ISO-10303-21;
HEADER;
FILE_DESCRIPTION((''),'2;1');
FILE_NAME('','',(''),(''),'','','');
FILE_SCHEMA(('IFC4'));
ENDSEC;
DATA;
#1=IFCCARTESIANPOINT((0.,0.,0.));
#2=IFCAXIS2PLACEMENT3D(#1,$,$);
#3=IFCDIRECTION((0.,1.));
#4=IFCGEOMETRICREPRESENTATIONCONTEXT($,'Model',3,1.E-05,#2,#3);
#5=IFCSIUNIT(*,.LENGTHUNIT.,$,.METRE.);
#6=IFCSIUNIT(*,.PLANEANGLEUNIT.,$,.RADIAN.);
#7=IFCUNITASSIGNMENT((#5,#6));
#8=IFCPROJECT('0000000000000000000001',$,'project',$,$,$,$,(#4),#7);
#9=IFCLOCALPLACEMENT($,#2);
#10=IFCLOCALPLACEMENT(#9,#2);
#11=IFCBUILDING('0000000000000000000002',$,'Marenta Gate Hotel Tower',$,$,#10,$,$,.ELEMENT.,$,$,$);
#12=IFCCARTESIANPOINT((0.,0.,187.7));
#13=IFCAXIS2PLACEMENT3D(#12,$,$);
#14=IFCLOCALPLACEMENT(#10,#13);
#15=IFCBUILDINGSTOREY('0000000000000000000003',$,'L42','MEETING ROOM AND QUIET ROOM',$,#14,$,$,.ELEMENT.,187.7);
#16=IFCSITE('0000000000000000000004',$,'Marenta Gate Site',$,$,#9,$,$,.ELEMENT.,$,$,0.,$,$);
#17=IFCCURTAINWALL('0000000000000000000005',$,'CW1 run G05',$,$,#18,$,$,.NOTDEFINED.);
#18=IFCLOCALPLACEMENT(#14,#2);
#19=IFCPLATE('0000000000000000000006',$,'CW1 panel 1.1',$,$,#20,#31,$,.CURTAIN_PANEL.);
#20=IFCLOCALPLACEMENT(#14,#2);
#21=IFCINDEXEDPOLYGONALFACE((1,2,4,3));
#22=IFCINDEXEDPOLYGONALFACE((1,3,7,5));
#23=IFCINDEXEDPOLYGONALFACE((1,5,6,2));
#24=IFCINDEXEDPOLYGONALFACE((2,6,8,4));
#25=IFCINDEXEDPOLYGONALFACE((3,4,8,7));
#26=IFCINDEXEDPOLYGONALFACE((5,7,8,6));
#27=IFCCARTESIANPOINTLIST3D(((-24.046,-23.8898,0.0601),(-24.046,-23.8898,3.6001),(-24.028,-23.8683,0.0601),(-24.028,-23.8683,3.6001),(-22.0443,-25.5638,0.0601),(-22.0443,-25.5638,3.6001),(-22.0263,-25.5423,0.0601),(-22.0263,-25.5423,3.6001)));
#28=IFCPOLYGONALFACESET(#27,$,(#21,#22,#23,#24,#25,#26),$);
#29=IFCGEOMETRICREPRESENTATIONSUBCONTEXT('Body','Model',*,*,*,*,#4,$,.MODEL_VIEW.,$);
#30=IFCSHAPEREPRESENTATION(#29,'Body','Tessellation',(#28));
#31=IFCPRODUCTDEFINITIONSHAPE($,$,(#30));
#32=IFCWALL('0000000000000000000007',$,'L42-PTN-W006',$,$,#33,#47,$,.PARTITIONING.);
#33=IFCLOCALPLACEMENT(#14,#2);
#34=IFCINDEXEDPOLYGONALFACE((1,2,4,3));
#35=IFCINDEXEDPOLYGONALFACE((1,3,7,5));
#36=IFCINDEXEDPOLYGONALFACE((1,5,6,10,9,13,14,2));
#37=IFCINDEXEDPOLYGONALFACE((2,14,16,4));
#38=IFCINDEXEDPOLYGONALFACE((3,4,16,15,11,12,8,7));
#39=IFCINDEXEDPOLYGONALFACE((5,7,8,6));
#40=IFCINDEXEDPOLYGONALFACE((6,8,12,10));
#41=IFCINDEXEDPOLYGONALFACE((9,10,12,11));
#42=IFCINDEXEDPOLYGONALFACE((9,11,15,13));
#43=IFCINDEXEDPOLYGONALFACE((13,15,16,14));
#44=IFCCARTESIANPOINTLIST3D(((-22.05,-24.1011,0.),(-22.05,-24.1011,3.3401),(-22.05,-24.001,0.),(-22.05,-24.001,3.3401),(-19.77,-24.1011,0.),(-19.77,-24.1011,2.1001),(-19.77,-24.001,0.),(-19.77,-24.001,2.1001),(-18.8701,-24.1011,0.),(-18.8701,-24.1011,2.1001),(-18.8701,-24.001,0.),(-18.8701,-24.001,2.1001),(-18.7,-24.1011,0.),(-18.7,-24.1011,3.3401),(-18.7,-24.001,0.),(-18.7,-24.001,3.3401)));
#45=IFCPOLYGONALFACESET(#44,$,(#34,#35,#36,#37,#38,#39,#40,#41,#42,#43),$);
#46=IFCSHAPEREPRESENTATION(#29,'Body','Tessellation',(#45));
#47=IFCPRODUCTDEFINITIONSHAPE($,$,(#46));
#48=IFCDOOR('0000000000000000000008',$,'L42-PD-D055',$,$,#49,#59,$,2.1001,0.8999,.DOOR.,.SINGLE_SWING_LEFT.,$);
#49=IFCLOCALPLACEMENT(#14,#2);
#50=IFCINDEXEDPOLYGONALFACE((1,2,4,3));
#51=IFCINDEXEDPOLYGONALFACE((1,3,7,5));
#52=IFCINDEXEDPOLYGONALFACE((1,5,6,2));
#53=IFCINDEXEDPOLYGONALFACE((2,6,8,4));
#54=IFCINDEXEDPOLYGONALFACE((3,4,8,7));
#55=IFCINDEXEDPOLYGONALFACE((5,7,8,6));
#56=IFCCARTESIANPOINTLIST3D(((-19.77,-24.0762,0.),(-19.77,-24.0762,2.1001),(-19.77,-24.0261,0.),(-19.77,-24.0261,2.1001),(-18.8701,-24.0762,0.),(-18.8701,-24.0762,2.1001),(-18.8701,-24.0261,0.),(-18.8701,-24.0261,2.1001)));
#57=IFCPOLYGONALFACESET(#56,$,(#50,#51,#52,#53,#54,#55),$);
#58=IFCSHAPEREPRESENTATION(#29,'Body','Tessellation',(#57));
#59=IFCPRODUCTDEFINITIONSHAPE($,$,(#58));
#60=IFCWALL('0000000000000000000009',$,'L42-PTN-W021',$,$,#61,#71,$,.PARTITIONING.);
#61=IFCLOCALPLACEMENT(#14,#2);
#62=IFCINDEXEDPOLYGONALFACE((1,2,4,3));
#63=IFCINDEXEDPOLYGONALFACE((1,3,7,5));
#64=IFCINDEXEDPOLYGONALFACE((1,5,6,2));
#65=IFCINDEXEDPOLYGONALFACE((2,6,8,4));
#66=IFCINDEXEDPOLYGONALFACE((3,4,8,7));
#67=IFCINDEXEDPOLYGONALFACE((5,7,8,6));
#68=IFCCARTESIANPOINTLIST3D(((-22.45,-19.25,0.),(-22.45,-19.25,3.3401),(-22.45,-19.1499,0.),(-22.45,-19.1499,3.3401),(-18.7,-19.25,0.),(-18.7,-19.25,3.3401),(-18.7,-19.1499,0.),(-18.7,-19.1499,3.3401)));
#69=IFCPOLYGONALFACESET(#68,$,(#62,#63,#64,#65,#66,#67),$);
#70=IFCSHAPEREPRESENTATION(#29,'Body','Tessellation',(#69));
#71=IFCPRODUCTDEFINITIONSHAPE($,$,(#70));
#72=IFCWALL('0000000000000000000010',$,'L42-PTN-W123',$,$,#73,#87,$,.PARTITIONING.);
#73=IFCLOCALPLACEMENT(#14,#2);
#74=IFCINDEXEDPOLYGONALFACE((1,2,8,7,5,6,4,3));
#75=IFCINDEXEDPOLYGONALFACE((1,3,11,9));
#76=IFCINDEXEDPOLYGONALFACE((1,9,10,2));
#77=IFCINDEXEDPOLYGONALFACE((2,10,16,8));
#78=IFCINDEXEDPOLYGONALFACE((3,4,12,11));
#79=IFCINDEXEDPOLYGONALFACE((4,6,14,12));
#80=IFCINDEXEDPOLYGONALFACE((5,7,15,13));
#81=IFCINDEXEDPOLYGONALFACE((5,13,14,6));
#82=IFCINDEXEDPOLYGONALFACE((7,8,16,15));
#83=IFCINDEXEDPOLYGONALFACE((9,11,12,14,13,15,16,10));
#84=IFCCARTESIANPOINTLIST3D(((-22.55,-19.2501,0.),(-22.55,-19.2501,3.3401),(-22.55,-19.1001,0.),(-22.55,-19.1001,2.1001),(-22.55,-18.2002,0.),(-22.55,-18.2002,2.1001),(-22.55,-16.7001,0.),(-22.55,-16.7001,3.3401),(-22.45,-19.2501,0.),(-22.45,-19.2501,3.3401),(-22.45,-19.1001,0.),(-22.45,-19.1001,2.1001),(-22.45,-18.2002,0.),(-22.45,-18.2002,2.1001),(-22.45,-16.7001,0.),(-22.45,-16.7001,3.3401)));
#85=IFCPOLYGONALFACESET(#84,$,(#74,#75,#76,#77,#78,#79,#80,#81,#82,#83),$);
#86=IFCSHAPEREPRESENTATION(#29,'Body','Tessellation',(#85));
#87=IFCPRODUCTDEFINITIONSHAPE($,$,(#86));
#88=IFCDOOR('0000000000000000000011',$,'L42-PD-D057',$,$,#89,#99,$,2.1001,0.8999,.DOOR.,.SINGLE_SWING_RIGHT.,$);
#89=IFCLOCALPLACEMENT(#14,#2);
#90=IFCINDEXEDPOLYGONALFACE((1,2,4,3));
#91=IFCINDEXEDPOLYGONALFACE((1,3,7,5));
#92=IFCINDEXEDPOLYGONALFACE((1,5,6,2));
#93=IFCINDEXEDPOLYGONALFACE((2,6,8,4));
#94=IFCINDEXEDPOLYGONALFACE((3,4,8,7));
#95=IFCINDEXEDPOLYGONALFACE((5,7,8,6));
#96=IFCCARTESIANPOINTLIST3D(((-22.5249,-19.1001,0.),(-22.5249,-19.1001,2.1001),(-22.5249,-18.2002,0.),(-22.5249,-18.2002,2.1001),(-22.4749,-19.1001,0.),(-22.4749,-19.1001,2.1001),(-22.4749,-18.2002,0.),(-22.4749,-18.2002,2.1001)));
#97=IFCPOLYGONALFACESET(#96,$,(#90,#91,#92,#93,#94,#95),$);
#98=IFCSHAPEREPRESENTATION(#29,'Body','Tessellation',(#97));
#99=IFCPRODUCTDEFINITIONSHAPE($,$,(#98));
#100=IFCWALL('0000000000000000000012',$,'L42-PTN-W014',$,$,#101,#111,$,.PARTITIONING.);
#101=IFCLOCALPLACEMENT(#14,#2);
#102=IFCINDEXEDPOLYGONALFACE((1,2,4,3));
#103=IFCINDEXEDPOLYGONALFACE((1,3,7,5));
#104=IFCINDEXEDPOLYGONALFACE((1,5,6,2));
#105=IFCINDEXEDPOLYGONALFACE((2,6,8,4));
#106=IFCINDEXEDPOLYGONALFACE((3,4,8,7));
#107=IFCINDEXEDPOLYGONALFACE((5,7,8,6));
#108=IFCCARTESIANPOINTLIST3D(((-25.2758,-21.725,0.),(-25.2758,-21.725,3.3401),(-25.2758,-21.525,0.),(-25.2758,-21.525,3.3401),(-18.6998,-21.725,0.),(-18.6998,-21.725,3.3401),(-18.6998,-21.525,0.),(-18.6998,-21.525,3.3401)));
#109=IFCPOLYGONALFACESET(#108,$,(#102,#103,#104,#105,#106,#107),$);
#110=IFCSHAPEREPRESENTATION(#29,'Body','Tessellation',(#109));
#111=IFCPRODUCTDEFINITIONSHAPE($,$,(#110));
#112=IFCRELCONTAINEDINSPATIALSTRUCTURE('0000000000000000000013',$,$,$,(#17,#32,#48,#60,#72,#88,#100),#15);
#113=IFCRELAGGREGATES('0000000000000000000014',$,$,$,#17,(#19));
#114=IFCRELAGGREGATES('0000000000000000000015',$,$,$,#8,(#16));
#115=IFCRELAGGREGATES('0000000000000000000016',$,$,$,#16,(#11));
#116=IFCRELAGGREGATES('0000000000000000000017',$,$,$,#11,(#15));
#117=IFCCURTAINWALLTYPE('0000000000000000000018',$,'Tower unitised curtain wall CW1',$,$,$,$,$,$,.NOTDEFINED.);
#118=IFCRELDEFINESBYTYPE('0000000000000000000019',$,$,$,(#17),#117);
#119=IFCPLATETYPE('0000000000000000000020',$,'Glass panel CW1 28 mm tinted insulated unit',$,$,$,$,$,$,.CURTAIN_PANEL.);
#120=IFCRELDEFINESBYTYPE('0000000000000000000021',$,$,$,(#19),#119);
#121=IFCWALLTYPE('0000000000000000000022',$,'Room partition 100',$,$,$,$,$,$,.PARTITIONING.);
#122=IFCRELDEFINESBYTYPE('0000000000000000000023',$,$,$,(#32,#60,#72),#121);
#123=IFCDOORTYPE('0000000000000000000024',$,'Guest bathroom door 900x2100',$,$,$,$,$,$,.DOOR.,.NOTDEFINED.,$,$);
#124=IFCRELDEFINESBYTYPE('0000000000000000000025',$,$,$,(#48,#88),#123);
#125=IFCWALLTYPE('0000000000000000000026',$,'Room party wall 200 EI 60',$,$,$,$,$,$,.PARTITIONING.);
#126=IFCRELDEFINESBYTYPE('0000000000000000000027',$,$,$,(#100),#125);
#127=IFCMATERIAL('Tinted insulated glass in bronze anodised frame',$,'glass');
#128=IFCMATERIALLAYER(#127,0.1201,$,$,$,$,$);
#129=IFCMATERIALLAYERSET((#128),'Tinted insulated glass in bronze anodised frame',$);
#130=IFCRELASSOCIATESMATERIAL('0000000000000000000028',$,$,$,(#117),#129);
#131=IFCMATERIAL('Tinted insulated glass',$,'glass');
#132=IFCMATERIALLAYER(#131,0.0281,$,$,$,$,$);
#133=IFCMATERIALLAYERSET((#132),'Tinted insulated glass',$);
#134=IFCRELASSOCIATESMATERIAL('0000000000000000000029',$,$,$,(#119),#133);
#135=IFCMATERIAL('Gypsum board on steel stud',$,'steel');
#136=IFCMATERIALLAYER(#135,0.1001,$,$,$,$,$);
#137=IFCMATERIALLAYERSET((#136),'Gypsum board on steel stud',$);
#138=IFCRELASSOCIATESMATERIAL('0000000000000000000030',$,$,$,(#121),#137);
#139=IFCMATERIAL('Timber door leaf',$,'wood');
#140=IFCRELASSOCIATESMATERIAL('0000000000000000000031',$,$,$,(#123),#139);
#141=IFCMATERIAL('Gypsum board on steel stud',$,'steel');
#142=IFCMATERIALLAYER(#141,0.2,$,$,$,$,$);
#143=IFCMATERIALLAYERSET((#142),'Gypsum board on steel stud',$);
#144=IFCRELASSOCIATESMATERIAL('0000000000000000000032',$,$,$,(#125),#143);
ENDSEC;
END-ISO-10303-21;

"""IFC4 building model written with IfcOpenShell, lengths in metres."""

from ifc_helpers import new_model, si_unit, direction, frame, frame_2d, origin, origin_2d, place, context, subcontext, project, spatial, rectangle, extrude, material, layer, layer_set, type_object, element, fill, aggregate, save


model = new_model("IFC4")

# Units and contexts
model_context = context("Model", 3, precision=1e-05, world=origin(), true_north=direction((0.0, 1.0)))
body_context = subcontext(model_context, "Body", "Model", "MODEL_VIEW")
ifc_project = project(units=[si_unit("LENGTHUNIT", "METRE"), si_unit("PLANEANGLEUNIT", "RADIAN")], contexts=[model_context])

# Site, building, storey
site_placement = place(None, origin())
site = spatial("IfcSite", under=ifc_project, at=site_placement, Name="Marenta Gate Site", CompositionType="ELEMENT", RefElevation=0.0)
building_placement = place(site_placement, origin())
building = spatial("IfcBuilding", under=site, at=building_placement, Name="Marenta Gate Hotel Tower", CompositionType="ELEMENT")
storey_placement = place(building_placement, frame((0.0, 0.0, 187.7)))
storey = spatial("IfcBuildingStorey", under=building, at=storey_placement, Name="L42", Description="MEETING ROOM AND QUIET ROOM", CompositionType="ELEMENT", Elevation=187.7)

# Curtain wall
ifc_material_1 = material(Name="Tinted insulated glass in bronze anodised frame", Category="glass")
ifc_layer_1 = layer(ifc_material_1, 0.1201)
ifc_layer_set_1 = layer_set([ifc_layer_1], Name="Tinted insulated glass in bronze anodised frame")
curtain_wall_type = type_object("IfcCurtainWallType", Name="Tower unitised curtain wall CW1", PredefinedType="NOTDEFINED", material=ifc_layer_set_1)
curtain_wall_1_placement = place(storey_placement, origin())
curtain_wall_1 = element("IfcCurtainWall", 1, at=curtain_wall_1_placement, inside=storey, type_object=curtain_wall_type, Name="CW1 run G05", PredefinedType="NOTDEFINED")

# Plate
ifc_material_2 = material(Name="Tinted insulated glass", Category="glass")
ifc_layer_2 = layer(ifc_material_2, 0.0281)
ifc_layer_set_2 = layer_set([ifc_layer_2], Name="Tinted insulated glass")
plate_type = type_object("IfcPlateType", Name="Glass panel CW1 28 mm tinted insulated unit", PredefinedType="CURTAIN_PANEL", material=ifc_layer_set_2)
plate_1_placement = place(storey_placement, frame((-23.0361, -24.7161, 0.0601), z_axis=(0.0, 0.0, 1.0), x_axis=(0.767102, -0.641525, 0.0)))
plate_1 = element("IfcPlate", 2, at=plate_1_placement, type_object=plate_type, Name="CW1 panel 1.1", PredefinedType="CURTAIN_PANEL", context=body_context, shape_type="SweptSolid", body=[
    extrude(rectangle(XDim=2.6094, YDim=0.0281, at=origin_2d()), origin(), (0.0, 0.0, 1.0), 3.54),
])
aggregate(curtain_wall_1, [plate_1])

# Wall, opening, door
ifc_material_3 = material(Name="Gypsum board on steel stud", Category="steel")
ifc_layer_3 = layer(ifc_material_3, 0.1001)
ifc_layer_set_3 = layer_set([ifc_layer_3], Name="Gypsum board on steel stud")
wall_type_1 = type_object("IfcWallType", Name="Room partition 100", PredefinedType="PARTITIONING", material=ifc_layer_set_3)
wall_1_placement = place(storey_placement, frame((-22.05, -24.051, 0.0), z_axis=(0.0, 0.0, 1.0), x_axis=(1.0, 0.0, 0.0)))
wall_1 = element("IfcWall", 3, at=wall_1_placement, inside=storey, type_object=wall_type_1, Name="L42-PTN-W006", PredefinedType="PARTITIONING", context=body_context, shape_type="SweptSolid", body=[
    extrude(rectangle(XDim=3.3501, YDim=0.1001, at=frame_2d((1.675, 0.0))), origin(), (0.0, 0.0, 1.0), 3.3401),
])
opening_1_placement = place(wall_1_placement, frame((2.28, 0.0, 0.0)))
opening_1 = element("IfcOpeningElement", 4, at=opening_1_placement, cuts=wall_1, PredefinedType="OPENING", context=body_context, shape_type="SweptSolid", body=[
    extrude(rectangle(XDim=0.8999, YDim=2.1001, at=frame_2d((0.45, 1.05))), frame((0.0, 0.05, 0.0), z_axis=(0.0, -1.0, 0.0), x_axis=(1.0, 0.0, 0.0)), (0.0, 0.0, 1.0), 0.1001),
])
ifc_material_4 = material(Name="Timber door leaf", Category="wood")
door_type = type_object("IfcDoorType", Name="Guest bathroom door 900x2100", OperationType="NOTDEFINED", PredefinedType="DOOR", material=ifc_material_4)
door_1_placement = place(opening_1_placement, origin())
door_1 = element("IfcDoor", 5, at=door_1_placement, inside=storey, type_object=door_type, Name="L42-PD-D055", OperationType="SINGLE_SWING_LEFT", OverallHeight=2.1001, OverallWidth=0.8999, PredefinedType="DOOR", context=body_context, shape_type="SweptSolid", body=[
    extrude(rectangle(XDim=0.8999, YDim=2.1001, at=frame_2d((0.45, 1.05))), frame((0.0, 0.0249, 0.0), z_axis=(0.0, -1.0, 0.0), x_axis=(1.0, 0.0, 0.0)), (0.0, 0.0, 1.0), 0.05),
])
fill(opening_1, door_1)

# Wall
wall_2_placement = place(storey_placement, frame((-22.45, -19.2, 0.0), z_axis=(0.0, 0.0, 1.0), x_axis=(1.0, 0.0, 0.0)))
element("IfcWall", 6, at=wall_2_placement, inside=storey, type_object=wall_type_1, Name="L42-PTN-W021", PredefinedType="PARTITIONING", context=body_context, shape_type="SweptSolid", body=[
    extrude(rectangle(XDim=3.75, YDim=0.1001, at=frame_2d((1.875, 0.0))), origin(), (0.0, 0.0, 1.0), 3.3401),
])

# Wall, opening, door
wall_3_placement = place(storey_placement, frame((-22.5, -19.25, 0.0), z_axis=(0.0, 0.0, 1.0), x_axis=(0.0, 1.0, 0.0)))
wall_3 = element("IfcWall", 7, at=wall_3_placement, inside=storey, type_object=wall_type_1, Name="L42-PTN-W123", PredefinedType="PARTITIONING", context=body_context, shape_type="SweptSolid", body=[
    extrude(rectangle(XDim=2.55, YDim=0.1001, at=frame_2d((1.2749, 0.0))), origin(), (0.0, 0.0, 1.0), 3.3401),
])
opening_2_placement = place(wall_3_placement, frame((0.1499, 0.0, 0.0)))
opening_2 = element("IfcOpeningElement", 8, at=opening_2_placement, cuts=wall_3, PredefinedType="OPENING", context=body_context, shape_type="SweptSolid", body=[
    extrude(rectangle(XDim=0.8999, YDim=2.1001, at=frame_2d((0.45, 1.05))), frame((0.0, 0.05, 0.0), z_axis=(0.0, -1.0, 0.0), x_axis=(1.0, 0.0, 0.0)), (0.0, 0.0, 1.0), 0.1001),
])
door_2_placement = place(opening_2_placement, origin())
door_2 = element("IfcDoor", 9, at=door_2_placement, inside=storey, type_object=door_type, Name="L42-PD-D057", OperationType="SINGLE_SWING_RIGHT", OverallHeight=2.1001, OverallWidth=0.8999, PredefinedType="DOOR", context=body_context, shape_type="SweptSolid", body=[
    extrude(rectangle(XDim=0.8999, YDim=2.1001, at=frame_2d((0.45, 1.05))), frame((0.0, 0.0249, 0.0), z_axis=(0.0, -1.0, 0.0), x_axis=(1.0, 0.0, 0.0)), (0.0, 0.0, 1.0), 0.05),
])
fill(opening_2, door_2)

# Wall
ifc_material_5 = material(Name="Gypsum board on steel stud", Category="steel")
ifc_layer_4 = layer(ifc_material_5, 0.2)
ifc_layer_set_4 = layer_set([ifc_layer_4], Name="Gypsum board on steel stud")
wall_type_2 = type_object("IfcWallType", Name="Room party wall 200 EI 60", PredefinedType="PARTITIONING", material=ifc_layer_set_4)
wall_4_placement = place(storey_placement, frame((-25.2759, -21.625, 0.0), z_axis=(0.0, 0.0, 1.0), x_axis=(1.0, 0.0, 0.0)))
element("IfcWall", 10, at=wall_4_placement, inside=storey, type_object=wall_type_2, Name="L42-PTN-W014", PredefinedType="PARTITIONING", context=body_context, shape_type="SweptSolid", body=[
    extrude(rectangle(XDim=6.5759, YDim=0.2, at=frame_2d((3.2881, 0.0))), origin(), (0.0, 0.0, 1.0), 3.3401),
])

save(model, "model.ifc")
